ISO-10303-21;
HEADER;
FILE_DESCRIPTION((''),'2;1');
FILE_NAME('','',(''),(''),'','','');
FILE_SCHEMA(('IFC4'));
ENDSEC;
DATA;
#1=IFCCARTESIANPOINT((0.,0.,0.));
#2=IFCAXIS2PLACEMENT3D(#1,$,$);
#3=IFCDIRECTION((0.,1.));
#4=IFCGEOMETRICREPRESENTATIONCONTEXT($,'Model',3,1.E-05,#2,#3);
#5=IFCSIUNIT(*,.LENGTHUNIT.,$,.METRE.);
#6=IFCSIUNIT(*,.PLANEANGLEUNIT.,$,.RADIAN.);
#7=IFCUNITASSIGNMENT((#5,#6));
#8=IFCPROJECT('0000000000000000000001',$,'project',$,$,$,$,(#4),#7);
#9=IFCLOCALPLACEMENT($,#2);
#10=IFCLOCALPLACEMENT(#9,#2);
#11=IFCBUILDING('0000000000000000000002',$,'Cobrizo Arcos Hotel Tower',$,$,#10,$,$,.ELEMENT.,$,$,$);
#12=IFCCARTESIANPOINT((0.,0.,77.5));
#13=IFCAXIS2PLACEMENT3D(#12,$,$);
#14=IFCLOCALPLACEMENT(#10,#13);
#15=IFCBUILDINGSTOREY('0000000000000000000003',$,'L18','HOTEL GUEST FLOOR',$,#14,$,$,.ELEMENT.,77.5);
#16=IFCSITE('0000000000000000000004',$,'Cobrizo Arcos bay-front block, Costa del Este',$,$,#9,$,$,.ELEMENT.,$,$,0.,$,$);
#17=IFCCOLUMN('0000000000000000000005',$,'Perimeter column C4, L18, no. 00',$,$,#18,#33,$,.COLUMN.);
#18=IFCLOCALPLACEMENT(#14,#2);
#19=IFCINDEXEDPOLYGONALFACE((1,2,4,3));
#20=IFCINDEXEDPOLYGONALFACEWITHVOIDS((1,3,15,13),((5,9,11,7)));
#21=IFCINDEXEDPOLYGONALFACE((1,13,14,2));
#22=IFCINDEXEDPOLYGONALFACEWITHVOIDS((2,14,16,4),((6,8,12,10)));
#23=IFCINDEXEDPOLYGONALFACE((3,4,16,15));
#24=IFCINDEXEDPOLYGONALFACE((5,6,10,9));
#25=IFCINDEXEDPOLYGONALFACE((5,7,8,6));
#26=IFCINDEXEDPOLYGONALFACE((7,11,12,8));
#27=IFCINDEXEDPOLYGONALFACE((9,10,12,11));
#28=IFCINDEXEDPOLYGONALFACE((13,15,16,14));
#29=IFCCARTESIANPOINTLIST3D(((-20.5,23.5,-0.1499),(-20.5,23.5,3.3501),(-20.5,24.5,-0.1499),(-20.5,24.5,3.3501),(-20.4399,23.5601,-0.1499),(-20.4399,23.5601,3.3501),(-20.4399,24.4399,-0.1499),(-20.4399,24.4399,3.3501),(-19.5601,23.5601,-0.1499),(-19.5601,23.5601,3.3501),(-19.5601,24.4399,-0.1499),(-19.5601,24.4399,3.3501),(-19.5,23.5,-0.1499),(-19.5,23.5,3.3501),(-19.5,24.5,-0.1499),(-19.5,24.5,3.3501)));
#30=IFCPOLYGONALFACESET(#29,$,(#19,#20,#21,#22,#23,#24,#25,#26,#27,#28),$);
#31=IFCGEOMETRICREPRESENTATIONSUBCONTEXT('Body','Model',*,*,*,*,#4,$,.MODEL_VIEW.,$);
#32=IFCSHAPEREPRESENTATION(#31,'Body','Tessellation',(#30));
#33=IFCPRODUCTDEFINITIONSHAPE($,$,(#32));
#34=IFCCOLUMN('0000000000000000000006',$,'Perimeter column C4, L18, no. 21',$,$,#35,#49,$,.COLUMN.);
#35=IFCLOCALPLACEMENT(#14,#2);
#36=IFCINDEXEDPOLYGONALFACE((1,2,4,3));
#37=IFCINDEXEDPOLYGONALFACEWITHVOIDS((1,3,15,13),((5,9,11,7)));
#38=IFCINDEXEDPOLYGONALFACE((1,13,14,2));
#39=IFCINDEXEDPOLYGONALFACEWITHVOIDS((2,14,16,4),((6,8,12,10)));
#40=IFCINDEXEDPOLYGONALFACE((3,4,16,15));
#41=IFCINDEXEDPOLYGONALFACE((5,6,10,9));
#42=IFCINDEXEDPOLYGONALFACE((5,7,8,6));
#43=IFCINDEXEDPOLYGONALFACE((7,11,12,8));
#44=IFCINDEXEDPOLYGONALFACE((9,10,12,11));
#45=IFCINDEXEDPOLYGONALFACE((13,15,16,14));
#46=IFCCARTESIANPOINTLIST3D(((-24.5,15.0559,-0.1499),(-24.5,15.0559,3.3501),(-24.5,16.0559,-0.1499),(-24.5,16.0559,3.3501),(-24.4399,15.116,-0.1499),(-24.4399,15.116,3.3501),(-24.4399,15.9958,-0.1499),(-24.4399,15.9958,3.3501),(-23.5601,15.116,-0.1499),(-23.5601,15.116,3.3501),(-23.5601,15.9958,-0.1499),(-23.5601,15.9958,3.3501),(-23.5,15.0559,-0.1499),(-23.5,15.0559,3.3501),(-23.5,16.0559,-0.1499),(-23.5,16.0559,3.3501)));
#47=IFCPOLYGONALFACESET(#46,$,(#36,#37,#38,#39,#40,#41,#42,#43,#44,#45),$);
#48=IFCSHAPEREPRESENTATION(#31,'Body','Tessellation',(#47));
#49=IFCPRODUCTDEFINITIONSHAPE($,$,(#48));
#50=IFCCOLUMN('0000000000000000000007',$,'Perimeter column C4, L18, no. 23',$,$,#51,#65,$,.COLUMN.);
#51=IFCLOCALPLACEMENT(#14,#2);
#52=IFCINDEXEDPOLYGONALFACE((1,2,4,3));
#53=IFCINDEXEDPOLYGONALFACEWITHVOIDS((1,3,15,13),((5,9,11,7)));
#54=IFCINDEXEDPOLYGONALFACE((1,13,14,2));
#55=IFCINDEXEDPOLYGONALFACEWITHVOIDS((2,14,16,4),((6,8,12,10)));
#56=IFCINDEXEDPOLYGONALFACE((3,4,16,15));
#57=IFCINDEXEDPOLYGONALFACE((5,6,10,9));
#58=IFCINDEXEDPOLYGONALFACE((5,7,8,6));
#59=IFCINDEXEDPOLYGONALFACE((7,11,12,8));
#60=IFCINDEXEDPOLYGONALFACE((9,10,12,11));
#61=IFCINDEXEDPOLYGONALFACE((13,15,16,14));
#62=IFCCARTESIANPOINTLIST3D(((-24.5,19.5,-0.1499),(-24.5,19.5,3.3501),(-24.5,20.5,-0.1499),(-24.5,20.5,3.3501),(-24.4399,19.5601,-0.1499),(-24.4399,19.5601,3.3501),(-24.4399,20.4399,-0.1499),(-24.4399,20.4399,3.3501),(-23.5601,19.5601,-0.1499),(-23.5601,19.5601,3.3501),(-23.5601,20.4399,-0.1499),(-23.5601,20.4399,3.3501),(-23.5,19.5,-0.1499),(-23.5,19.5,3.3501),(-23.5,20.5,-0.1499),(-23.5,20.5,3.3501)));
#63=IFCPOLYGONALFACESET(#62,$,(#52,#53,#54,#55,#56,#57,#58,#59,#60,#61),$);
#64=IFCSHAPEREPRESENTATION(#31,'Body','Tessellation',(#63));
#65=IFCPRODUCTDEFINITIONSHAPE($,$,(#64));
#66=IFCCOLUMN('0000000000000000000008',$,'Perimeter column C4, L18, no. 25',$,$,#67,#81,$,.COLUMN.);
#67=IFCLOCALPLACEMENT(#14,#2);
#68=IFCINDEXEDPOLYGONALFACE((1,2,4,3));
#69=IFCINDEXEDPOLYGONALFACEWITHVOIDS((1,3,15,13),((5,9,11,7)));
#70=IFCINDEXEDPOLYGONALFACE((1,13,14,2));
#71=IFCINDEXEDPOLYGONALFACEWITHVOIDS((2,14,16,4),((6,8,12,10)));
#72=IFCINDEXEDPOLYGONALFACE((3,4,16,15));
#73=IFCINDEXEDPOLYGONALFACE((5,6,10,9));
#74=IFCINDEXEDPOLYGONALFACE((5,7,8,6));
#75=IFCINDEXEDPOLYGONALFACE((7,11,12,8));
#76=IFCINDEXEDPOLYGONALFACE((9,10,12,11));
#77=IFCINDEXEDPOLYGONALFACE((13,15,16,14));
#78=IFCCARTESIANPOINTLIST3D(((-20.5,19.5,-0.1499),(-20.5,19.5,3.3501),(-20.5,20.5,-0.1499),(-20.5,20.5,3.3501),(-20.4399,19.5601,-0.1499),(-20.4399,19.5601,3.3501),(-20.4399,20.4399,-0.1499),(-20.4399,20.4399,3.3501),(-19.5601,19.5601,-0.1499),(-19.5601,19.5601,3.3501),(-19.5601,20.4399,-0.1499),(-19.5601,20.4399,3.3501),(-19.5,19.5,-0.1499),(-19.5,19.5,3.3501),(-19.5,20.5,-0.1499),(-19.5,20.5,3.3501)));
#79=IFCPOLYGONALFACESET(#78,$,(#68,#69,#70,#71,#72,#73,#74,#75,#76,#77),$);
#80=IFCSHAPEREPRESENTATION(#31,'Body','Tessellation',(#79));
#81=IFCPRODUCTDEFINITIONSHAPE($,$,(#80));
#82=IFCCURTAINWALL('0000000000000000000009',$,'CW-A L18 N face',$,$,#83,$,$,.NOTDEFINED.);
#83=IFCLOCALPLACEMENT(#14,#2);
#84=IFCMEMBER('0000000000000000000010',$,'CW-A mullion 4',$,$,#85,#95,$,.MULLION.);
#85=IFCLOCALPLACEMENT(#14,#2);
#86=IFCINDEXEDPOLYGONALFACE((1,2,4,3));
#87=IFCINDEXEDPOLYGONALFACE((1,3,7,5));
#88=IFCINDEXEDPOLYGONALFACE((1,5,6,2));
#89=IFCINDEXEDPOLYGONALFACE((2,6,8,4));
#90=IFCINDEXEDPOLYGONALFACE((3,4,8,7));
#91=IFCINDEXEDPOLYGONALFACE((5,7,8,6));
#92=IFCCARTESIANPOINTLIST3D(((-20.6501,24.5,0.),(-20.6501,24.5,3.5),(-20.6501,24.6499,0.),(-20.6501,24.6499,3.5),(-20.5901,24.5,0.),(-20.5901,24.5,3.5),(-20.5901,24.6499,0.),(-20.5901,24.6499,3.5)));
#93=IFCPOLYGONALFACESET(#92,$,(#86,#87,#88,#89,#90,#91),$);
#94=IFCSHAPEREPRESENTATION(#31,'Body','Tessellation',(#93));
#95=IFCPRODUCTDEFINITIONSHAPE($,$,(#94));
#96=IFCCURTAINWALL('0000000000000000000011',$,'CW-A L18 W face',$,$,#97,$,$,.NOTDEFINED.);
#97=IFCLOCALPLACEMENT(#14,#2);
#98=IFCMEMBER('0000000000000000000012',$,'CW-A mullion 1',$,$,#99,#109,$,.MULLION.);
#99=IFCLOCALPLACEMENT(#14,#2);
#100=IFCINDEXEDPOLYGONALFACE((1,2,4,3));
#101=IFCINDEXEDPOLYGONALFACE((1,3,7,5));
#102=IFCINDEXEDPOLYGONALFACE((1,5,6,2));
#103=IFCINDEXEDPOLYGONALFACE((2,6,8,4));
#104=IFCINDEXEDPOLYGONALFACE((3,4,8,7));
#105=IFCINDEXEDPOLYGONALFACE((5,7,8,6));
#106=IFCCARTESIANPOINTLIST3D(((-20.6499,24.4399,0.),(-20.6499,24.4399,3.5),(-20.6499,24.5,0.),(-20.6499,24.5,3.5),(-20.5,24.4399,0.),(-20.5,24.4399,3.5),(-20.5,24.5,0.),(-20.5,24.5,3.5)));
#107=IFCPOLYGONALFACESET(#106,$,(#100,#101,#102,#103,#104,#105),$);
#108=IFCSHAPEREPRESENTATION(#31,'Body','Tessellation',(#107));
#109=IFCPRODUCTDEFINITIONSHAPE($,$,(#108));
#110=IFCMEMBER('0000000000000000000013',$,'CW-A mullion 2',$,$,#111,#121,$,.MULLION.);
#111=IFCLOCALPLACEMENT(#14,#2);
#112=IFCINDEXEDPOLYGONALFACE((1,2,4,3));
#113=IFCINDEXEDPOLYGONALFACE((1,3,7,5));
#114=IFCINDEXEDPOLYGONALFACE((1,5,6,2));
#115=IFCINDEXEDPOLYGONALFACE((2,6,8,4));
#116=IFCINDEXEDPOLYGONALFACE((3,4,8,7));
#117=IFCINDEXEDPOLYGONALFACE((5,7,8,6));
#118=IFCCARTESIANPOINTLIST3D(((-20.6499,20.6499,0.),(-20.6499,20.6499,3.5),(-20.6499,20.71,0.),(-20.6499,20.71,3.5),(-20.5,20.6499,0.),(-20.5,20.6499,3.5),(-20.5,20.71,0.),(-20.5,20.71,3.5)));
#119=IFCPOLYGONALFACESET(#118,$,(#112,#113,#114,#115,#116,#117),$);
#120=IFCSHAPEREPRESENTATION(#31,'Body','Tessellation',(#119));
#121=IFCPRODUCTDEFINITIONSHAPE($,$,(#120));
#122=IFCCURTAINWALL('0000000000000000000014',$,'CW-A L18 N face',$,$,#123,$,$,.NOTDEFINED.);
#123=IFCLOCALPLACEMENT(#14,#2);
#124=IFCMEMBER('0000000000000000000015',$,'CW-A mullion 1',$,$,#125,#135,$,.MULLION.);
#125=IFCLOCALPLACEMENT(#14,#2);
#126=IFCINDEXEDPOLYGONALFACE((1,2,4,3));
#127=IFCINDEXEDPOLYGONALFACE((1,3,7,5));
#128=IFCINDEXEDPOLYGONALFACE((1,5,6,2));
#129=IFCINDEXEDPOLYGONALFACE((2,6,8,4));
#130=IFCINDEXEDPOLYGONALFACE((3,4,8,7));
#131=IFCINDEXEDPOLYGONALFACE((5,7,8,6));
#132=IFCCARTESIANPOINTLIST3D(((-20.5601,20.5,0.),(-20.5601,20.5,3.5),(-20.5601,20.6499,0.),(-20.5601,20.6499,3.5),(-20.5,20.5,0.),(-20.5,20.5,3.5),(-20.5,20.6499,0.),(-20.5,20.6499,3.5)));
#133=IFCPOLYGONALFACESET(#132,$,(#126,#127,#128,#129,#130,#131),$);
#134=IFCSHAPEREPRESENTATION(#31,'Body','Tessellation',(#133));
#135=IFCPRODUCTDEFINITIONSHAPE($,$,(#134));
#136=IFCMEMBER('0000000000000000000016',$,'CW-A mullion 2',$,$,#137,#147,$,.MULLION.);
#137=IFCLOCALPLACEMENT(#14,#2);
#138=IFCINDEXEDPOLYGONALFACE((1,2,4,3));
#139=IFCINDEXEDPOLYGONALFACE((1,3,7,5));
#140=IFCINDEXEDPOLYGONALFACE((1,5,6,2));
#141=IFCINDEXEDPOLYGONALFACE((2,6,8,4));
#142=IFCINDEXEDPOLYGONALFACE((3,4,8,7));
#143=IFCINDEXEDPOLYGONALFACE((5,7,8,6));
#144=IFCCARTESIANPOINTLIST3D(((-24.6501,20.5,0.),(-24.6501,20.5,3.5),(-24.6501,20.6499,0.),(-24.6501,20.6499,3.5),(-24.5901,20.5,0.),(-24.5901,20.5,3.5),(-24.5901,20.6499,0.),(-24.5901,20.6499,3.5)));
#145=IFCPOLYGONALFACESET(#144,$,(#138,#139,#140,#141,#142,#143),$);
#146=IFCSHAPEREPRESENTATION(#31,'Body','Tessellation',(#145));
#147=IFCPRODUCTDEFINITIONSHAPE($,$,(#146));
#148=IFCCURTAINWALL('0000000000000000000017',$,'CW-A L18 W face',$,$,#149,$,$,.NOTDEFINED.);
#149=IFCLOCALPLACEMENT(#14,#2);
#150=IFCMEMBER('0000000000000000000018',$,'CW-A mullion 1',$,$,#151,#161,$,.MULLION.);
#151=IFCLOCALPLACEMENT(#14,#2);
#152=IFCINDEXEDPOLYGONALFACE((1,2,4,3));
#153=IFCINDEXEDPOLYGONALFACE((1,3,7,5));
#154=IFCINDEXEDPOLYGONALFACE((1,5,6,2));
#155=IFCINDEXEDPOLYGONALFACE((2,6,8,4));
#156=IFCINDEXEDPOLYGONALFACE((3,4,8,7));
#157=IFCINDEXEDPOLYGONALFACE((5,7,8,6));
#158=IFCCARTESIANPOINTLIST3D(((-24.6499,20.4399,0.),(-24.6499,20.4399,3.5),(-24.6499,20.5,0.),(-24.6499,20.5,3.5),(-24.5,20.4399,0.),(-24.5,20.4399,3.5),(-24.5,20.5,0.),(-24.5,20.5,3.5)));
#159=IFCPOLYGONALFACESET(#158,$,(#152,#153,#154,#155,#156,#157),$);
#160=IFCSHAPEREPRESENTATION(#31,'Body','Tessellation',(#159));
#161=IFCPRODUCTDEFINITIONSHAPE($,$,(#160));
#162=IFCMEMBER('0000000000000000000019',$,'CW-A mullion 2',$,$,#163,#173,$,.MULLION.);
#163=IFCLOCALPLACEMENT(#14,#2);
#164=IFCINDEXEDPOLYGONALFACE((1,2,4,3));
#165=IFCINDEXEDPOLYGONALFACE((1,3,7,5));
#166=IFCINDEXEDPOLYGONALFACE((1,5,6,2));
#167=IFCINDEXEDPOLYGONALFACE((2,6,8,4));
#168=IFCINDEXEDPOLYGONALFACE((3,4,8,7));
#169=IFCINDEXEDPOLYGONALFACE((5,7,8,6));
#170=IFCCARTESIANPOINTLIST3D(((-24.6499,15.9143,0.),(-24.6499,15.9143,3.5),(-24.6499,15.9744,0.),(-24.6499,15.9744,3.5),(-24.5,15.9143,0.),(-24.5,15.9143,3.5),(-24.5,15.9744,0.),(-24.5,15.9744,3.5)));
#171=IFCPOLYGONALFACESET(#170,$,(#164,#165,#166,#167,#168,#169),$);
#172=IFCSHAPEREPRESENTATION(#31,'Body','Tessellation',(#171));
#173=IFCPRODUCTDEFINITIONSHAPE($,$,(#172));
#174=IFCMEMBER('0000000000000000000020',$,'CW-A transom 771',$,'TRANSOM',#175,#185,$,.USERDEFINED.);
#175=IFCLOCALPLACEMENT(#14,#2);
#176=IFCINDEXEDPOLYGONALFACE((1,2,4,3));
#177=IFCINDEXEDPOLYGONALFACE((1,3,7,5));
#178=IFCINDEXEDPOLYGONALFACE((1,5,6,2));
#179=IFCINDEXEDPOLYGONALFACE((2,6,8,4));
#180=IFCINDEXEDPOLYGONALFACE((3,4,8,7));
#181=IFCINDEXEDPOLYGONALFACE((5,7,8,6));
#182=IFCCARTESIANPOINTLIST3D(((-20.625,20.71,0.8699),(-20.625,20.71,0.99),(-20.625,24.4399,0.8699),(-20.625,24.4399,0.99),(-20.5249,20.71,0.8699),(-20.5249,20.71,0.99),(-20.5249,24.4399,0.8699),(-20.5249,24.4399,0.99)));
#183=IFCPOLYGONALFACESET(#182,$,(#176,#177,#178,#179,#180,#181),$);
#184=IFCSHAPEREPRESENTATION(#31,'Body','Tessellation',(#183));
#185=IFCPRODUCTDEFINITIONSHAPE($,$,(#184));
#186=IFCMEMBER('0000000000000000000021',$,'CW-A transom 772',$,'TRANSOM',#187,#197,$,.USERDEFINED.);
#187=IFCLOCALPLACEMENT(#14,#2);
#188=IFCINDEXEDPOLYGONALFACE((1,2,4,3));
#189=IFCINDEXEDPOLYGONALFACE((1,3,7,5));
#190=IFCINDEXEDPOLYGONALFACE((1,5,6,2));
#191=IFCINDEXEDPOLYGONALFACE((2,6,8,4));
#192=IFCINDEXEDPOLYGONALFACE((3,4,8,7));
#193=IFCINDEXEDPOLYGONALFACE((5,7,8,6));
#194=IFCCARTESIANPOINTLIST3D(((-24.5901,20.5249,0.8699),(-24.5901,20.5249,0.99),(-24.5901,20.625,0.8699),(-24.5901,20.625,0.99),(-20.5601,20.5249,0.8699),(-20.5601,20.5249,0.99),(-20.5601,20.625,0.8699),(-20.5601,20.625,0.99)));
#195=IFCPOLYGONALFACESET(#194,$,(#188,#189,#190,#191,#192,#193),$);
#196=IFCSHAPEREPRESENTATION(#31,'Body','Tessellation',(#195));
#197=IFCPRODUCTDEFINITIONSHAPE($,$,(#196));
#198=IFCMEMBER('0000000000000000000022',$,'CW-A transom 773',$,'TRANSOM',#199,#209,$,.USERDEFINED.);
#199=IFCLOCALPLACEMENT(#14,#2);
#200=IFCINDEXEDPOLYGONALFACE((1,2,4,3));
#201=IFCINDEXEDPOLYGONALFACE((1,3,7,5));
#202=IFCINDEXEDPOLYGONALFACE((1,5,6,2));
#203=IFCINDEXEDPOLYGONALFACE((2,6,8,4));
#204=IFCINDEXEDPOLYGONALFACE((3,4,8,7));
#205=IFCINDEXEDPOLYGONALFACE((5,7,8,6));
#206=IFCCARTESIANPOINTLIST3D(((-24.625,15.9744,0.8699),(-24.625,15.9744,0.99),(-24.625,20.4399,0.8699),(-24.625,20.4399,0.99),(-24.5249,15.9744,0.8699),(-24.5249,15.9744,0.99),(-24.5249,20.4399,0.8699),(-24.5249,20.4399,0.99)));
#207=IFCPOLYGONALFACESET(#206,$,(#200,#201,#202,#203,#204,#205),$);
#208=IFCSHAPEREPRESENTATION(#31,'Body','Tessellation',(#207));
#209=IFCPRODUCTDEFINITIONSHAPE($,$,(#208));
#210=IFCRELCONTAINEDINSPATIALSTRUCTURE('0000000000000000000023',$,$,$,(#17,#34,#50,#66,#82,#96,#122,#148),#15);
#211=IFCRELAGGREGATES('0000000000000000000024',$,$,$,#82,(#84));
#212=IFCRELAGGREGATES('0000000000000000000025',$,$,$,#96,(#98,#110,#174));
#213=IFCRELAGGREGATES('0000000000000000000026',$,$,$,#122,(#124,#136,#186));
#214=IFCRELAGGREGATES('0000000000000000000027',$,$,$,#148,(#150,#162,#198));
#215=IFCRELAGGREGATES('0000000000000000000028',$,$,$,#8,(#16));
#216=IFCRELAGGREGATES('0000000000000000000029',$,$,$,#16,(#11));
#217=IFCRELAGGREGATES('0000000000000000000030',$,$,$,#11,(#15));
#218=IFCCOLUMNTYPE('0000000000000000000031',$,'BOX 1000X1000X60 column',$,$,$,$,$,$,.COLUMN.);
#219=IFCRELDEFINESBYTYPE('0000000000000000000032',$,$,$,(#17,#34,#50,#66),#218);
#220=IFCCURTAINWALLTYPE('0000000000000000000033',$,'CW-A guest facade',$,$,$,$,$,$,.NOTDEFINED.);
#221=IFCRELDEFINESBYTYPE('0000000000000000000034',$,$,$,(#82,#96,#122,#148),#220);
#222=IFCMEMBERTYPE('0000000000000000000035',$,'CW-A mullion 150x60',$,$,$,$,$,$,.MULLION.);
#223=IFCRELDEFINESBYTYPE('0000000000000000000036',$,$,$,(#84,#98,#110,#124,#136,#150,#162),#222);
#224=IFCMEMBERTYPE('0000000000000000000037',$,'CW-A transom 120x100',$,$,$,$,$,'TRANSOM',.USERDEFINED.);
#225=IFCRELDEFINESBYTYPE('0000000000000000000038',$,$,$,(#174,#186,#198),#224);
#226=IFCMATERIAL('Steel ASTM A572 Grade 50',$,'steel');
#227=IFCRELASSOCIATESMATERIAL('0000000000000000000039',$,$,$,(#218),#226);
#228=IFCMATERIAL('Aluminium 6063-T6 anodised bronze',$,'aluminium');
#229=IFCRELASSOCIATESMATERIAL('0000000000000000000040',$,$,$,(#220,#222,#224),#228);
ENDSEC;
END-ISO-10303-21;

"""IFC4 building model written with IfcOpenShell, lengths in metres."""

from ifc_helpers import new_model, si_unit, direction, frame, origin, origin_2d, place, context, subcontext, project, spatial, rectangle, hollow_rectangle, extrude, material, material_profile, profile_set, type_object, element, aggregate, save


model = new_model("IFC4")

# Units and contexts
model_context = context("Model", 3, precision=1e-05, world=origin(), true_north=direction((0.0, 1.0)))
body_context = subcontext(model_context, "Body", "Model", "MODEL_VIEW")
ifc_project = project(units=[si_unit("LENGTHUNIT", "METRE"), si_unit("PLANEANGLEUNIT", "RADIAN")], contexts=[model_context])

# Site, building, storey
site_placement = place(None, origin())
site = spatial("IfcSite", under=ifc_project, at=site_placement, Name="Cobrizo Arcos bay-front block, Costa del Este", CompositionType="ELEMENT", RefElevation=0.0)
building_placement = place(site_placement, origin())
building = spatial("IfcBuilding", under=site, at=building_placement, Name="Cobrizo Arcos Hotel Tower", CompositionType="ELEMENT")
storey_placement = place(building_placement, frame((0.0, 0.0, 77.5)))
storey = spatial("IfcBuildingStorey", under=building, at=storey_placement, Name="L18", Description="HOTEL GUEST FLOOR", CompositionType="ELEMENT", Elevation=77.5)

# Columns
ifc_material_1 = material(Name="Steel ASTM A572 Grade 50", Category="steel")
ifc_material_profile_1 = material_profile(ifc_material_1, hollow_rectangle(XDim=1.0, YDim=1.0, WallThickness=0.0601, at=origin_2d()), Name="BOX 1000X1000X60")
ifc_profile_set_1 = profile_set([ifc_material_profile_1], Name="Steel ASTM A572 Grade 50")
column_type = type_object("IfcColumnType", Name="BOX 1000X1000X60 column", PredefinedType="COLUMN", material=ifc_profile_set_1)
for number, where, z_axis, x_axis, name in (
    (1, (-20.0, 24.0, -0.1499), (0.0, 0.0, 1.0), (1.0, 0.0, 0.0), "Perimeter column C4, L18, no. 00"),
    (2, (-24.0, 15.5559, -0.1499), (0.0, 0.0, 1.0), (1.0, 0.0, 0.0), "Perimeter column C4, L18, no. 21"),
    (3, (-24.0, 20.0, -0.1499), (0.0, 0.0, 1.0), (1.0, 0.0, 0.0), "Perimeter column C4, L18, no. 23"),
    (4, (-20.0, 20.0, -0.1499), (0.0, 0.0, 1.0), (1.0, 0.0, 0.0), "Perimeter column C4, L18, no. 25"),
):
    element("IfcColumn", number, at=place(storey_placement, frame(where, z_axis=z_axis, x_axis=x_axis)), inside=storey, type_object=column_type, Name=name, PredefinedType="COLUMN", context=body_context, shape_type="SweptSolid", body=[
        extrude(hollow_rectangle(XDim=1.0, YDim=1.0, WallThickness=0.0601, at=origin_2d()), origin(), (0.0, 0.0, 1.0), 3.5),
    ])

# Curtain wall, member
ifc_material_2 = material(Name="Aluminium 6063-T6 anodised bronze", Category="aluminium")
curtain_wall_type = type_object("IfcCurtainWallType", Name="CW-A guest facade", PredefinedType="NOTDEFINED", material=ifc_material_2)
curtain_wall_1_placement = place(storey_placement, origin())
curtain_wall_1 = element("IfcCurtainWall", 5, at=curtain_wall_1_placement, inside=storey, type_object=curtain_wall_type, Name="CW-A L18 N face", PredefinedType="NOTDEFINED")
ifc_material_profile_2 = material_profile(ifc_material_2, rectangle(XDim=0.1499, YDim=0.0601, at=origin_2d()), Name="CW-A mullion 150x60")
ifc_profile_set_2 = profile_set([ifc_material_profile_2], Name="Aluminium 6063-T6 anodised bronze")
member_type_1 = type_object("IfcMemberType", Name="CW-A mullion 150x60", PredefinedType="MULLION", material=ifc_profile_set_2)
member_1_placement = place(storey_placement, frame((-20.6201, 24.575, 0.0), z_axis=(0.0, 0.0, 1.0), x_axis=(0.0, 1.0, 0.0)))
member_1 = element("IfcMember", 6, at=member_1_placement, type_object=member_type_1, Name="CW-A mullion 4", PredefinedType="MULLION", context=body_context, shape_type="SweptSolid", body=[
    extrude(rectangle(XDim=0.1499, YDim=0.0601, at=origin_2d()), origin(), (0.0, 0.0, 1.0), 3.5),
])

# Curtain walls, members
curtain_wall_2_placement = place(storey_placement, origin())
curtain_wall_2 = element("IfcCurtainWall", 7, at=curtain_wall_2_placement, inside=storey, type_object=curtain_wall_type, Name="CW-A L18 W face", PredefinedType="NOTDEFINED")
member_2_placement = place(storey_placement, frame((-20.575, 24.47, 0.0), z_axis=(0.0, 0.0, 1.0), x_axis=(-1.0, 0.0, 0.0)))
member_2 = element("IfcMember", 8, at=member_2_placement, type_object=member_type_1, Name="CW-A mullion 1", PredefinedType="MULLION", context=body_context, shape_type="SweptSolid", body=[
    extrude(rectangle(XDim=0.1499, YDim=0.0601, at=origin_2d()), origin(), (0.0, 0.0, 1.0), 3.5),
])
member_3_placement = place(storey_placement, frame((-20.575, 20.6799, 0.0), z_axis=(0.0, 0.0, 1.0), x_axis=(-1.0, 0.0, 0.0)))
member_3 = element("IfcMember", 9, at=member_3_placement, type_object=member_type_1, Name="CW-A mullion 2", PredefinedType="MULLION", context=body_context, shape_type="SweptSolid", body=[
    extrude(rectangle(XDim=0.1499, YDim=0.0601, at=origin_2d()), origin(), (0.0, 0.0, 1.0), 3.5),
])
curtain_wall_3_placement = place(storey_placement, origin())
curtain_wall_3 = element("IfcCurtainWall", 10, at=curtain_wall_3_placement, inside=storey, type_object=curtain_wall_type, Name="CW-A L18 N face", PredefinedType="NOTDEFINED")
member_4_placement = place(storey_placement, frame((-20.53, 20.575, 0.0), z_axis=(0.0, 0.0, 1.0), x_axis=(0.0, 1.0, 0.0)))
member_4 = element("IfcMember", 11, at=member_4_placement, type_object=member_type_1, Name="CW-A mullion 1", PredefinedType="MULLION", context=body_context, shape_type="SweptSolid", body=[
    extrude(rectangle(XDim=0.1499, YDim=0.0601, at=origin_2d()), origin(), (0.0, 0.0, 1.0), 3.5),
])
member_5_placement = place(storey_placement, frame((-24.6201, 20.575, 0.0), z_axis=(0.0, 0.0, 1.0), x_axis=(0.0, 1.0, 0.0)))
member_5 = element("IfcMember", 12, at=member_5_placement, type_object=member_type_1, Name="CW-A mullion 2", PredefinedType="MULLION", context=body_context, shape_type="SweptSolid", body=[
    extrude(rectangle(XDim=0.1499, YDim=0.0601, at=origin_2d()), origin(), (0.0, 0.0, 1.0), 3.5),
])
curtain_wall_4_placement = place(storey_placement, origin())
curtain_wall_4 = element("IfcCurtainWall", 13, at=curtain_wall_4_placement, inside=storey, type_object=curtain_wall_type, Name="CW-A L18 W face", PredefinedType="NOTDEFINED")
member_6_placement = place(storey_placement, frame((-24.575, 20.47, 0.0), z_axis=(0.0, 0.0, 1.0), x_axis=(-1.0, 0.0, 0.0)))
member_6 = element("IfcMember", 14, at=member_6_placement, type_object=member_type_1, Name="CW-A mullion 1", PredefinedType="MULLION", context=body_context, shape_type="SweptSolid", body=[
    extrude(rectangle(XDim=0.1499, YDim=0.0601, at=origin_2d()), origin(), (0.0, 0.0, 1.0), 3.5),
])
member_7_placement = place(storey_placement, frame((-24.575, 15.9443, 0.0), z_axis=(0.0, 0.0, 1.0), x_axis=(-1.0, 0.0, 0.0)))
member_7 = element("IfcMember", 15, at=member_7_placement, type_object=member_type_1, Name="CW-A mullion 2", PredefinedType="MULLION", context=body_context, shape_type="SweptSolid", body=[
    extrude(rectangle(XDim=0.1499, YDim=0.0601, at=origin_2d()), origin(), (0.0, 0.0, 1.0), 3.5),
])

# Members
ifc_material_profile_3 = material_profile(ifc_material_2, rectangle(XDim=0.1001, YDim=0.1201, at=origin_2d()), Name="CW-A transom 120x100")
ifc_profile_set_3 = profile_set([ifc_material_profile_3], Name="Aluminium 6063-T6 anodised bronze")
member_type_2 = type_object("IfcMemberType", Name="CW-A transom 120x100", ElementType="TRANSOM", PredefinedType="USERDEFINED", material=ifc_profile_set_3)
member_8_placement = place(storey_placement, frame((-20.575, 24.4399, 0.9299), z_axis=(0.0, -1.0, 0.0), x_axis=(1.0, 0.0, 0.0)))
member_8 = element("IfcMember", 16, at=member_8_placement, type_object=member_type_2, Name="CW-A transom 771", ObjectType="TRANSOM", PredefinedType="USERDEFINED", context=body_context, shape_type="SweptSolid", body=[
    extrude(rectangle(XDim=0.1001, YDim=0.1201, at=origin_2d()), origin(), (0.0, 0.0, 1.0), 3.73),
])
member_9_placement = place(storey_placement, frame((-20.5601, 20.575, 0.9299), z_axis=(-1.0, 0.0, 0.0), x_axis=(0.0, -1.0, 0.0)))
member_9 = element("IfcMember", 17, at=member_9_placement, type_object=member_type_2, Name="CW-A transom 772", ObjectType="TRANSOM", PredefinedType="USERDEFINED", context=body_context, shape_type="SweptSolid", body=[
    extrude(rectangle(XDim=0.1001, YDim=0.1201, at=origin_2d()), origin(), (0.0, 0.0, 1.0), 4.03),
])
member_10_placement = place(storey_placement, frame((-24.575, 20.4399, 0.9299), z_axis=(0.0, -1.0, 0.0), x_axis=(1.0, 0.0, 0.0)))
member_10 = element("IfcMember", 18, at=member_10_placement, type_object=member_type_2, Name="CW-A transom 773", ObjectType="TRANSOM", PredefinedType="USERDEFINED", context=body_context, shape_type="SweptSolid", body=[
    extrude(rectangle(XDim=0.1001, YDim=0.1201, at=origin_2d()), origin(), (0.0, 0.0, 1.0), 4.4656),
])

aggregate(curtain_wall_1, [member_1])
aggregate(curtain_wall_2, [member_2, member_3, member_8])
aggregate(curtain_wall_3, [member_4, member_5, member_9])
aggregate(curtain_wall_4, [member_6, member_7, member_10])

save(model, "model.ifc")
